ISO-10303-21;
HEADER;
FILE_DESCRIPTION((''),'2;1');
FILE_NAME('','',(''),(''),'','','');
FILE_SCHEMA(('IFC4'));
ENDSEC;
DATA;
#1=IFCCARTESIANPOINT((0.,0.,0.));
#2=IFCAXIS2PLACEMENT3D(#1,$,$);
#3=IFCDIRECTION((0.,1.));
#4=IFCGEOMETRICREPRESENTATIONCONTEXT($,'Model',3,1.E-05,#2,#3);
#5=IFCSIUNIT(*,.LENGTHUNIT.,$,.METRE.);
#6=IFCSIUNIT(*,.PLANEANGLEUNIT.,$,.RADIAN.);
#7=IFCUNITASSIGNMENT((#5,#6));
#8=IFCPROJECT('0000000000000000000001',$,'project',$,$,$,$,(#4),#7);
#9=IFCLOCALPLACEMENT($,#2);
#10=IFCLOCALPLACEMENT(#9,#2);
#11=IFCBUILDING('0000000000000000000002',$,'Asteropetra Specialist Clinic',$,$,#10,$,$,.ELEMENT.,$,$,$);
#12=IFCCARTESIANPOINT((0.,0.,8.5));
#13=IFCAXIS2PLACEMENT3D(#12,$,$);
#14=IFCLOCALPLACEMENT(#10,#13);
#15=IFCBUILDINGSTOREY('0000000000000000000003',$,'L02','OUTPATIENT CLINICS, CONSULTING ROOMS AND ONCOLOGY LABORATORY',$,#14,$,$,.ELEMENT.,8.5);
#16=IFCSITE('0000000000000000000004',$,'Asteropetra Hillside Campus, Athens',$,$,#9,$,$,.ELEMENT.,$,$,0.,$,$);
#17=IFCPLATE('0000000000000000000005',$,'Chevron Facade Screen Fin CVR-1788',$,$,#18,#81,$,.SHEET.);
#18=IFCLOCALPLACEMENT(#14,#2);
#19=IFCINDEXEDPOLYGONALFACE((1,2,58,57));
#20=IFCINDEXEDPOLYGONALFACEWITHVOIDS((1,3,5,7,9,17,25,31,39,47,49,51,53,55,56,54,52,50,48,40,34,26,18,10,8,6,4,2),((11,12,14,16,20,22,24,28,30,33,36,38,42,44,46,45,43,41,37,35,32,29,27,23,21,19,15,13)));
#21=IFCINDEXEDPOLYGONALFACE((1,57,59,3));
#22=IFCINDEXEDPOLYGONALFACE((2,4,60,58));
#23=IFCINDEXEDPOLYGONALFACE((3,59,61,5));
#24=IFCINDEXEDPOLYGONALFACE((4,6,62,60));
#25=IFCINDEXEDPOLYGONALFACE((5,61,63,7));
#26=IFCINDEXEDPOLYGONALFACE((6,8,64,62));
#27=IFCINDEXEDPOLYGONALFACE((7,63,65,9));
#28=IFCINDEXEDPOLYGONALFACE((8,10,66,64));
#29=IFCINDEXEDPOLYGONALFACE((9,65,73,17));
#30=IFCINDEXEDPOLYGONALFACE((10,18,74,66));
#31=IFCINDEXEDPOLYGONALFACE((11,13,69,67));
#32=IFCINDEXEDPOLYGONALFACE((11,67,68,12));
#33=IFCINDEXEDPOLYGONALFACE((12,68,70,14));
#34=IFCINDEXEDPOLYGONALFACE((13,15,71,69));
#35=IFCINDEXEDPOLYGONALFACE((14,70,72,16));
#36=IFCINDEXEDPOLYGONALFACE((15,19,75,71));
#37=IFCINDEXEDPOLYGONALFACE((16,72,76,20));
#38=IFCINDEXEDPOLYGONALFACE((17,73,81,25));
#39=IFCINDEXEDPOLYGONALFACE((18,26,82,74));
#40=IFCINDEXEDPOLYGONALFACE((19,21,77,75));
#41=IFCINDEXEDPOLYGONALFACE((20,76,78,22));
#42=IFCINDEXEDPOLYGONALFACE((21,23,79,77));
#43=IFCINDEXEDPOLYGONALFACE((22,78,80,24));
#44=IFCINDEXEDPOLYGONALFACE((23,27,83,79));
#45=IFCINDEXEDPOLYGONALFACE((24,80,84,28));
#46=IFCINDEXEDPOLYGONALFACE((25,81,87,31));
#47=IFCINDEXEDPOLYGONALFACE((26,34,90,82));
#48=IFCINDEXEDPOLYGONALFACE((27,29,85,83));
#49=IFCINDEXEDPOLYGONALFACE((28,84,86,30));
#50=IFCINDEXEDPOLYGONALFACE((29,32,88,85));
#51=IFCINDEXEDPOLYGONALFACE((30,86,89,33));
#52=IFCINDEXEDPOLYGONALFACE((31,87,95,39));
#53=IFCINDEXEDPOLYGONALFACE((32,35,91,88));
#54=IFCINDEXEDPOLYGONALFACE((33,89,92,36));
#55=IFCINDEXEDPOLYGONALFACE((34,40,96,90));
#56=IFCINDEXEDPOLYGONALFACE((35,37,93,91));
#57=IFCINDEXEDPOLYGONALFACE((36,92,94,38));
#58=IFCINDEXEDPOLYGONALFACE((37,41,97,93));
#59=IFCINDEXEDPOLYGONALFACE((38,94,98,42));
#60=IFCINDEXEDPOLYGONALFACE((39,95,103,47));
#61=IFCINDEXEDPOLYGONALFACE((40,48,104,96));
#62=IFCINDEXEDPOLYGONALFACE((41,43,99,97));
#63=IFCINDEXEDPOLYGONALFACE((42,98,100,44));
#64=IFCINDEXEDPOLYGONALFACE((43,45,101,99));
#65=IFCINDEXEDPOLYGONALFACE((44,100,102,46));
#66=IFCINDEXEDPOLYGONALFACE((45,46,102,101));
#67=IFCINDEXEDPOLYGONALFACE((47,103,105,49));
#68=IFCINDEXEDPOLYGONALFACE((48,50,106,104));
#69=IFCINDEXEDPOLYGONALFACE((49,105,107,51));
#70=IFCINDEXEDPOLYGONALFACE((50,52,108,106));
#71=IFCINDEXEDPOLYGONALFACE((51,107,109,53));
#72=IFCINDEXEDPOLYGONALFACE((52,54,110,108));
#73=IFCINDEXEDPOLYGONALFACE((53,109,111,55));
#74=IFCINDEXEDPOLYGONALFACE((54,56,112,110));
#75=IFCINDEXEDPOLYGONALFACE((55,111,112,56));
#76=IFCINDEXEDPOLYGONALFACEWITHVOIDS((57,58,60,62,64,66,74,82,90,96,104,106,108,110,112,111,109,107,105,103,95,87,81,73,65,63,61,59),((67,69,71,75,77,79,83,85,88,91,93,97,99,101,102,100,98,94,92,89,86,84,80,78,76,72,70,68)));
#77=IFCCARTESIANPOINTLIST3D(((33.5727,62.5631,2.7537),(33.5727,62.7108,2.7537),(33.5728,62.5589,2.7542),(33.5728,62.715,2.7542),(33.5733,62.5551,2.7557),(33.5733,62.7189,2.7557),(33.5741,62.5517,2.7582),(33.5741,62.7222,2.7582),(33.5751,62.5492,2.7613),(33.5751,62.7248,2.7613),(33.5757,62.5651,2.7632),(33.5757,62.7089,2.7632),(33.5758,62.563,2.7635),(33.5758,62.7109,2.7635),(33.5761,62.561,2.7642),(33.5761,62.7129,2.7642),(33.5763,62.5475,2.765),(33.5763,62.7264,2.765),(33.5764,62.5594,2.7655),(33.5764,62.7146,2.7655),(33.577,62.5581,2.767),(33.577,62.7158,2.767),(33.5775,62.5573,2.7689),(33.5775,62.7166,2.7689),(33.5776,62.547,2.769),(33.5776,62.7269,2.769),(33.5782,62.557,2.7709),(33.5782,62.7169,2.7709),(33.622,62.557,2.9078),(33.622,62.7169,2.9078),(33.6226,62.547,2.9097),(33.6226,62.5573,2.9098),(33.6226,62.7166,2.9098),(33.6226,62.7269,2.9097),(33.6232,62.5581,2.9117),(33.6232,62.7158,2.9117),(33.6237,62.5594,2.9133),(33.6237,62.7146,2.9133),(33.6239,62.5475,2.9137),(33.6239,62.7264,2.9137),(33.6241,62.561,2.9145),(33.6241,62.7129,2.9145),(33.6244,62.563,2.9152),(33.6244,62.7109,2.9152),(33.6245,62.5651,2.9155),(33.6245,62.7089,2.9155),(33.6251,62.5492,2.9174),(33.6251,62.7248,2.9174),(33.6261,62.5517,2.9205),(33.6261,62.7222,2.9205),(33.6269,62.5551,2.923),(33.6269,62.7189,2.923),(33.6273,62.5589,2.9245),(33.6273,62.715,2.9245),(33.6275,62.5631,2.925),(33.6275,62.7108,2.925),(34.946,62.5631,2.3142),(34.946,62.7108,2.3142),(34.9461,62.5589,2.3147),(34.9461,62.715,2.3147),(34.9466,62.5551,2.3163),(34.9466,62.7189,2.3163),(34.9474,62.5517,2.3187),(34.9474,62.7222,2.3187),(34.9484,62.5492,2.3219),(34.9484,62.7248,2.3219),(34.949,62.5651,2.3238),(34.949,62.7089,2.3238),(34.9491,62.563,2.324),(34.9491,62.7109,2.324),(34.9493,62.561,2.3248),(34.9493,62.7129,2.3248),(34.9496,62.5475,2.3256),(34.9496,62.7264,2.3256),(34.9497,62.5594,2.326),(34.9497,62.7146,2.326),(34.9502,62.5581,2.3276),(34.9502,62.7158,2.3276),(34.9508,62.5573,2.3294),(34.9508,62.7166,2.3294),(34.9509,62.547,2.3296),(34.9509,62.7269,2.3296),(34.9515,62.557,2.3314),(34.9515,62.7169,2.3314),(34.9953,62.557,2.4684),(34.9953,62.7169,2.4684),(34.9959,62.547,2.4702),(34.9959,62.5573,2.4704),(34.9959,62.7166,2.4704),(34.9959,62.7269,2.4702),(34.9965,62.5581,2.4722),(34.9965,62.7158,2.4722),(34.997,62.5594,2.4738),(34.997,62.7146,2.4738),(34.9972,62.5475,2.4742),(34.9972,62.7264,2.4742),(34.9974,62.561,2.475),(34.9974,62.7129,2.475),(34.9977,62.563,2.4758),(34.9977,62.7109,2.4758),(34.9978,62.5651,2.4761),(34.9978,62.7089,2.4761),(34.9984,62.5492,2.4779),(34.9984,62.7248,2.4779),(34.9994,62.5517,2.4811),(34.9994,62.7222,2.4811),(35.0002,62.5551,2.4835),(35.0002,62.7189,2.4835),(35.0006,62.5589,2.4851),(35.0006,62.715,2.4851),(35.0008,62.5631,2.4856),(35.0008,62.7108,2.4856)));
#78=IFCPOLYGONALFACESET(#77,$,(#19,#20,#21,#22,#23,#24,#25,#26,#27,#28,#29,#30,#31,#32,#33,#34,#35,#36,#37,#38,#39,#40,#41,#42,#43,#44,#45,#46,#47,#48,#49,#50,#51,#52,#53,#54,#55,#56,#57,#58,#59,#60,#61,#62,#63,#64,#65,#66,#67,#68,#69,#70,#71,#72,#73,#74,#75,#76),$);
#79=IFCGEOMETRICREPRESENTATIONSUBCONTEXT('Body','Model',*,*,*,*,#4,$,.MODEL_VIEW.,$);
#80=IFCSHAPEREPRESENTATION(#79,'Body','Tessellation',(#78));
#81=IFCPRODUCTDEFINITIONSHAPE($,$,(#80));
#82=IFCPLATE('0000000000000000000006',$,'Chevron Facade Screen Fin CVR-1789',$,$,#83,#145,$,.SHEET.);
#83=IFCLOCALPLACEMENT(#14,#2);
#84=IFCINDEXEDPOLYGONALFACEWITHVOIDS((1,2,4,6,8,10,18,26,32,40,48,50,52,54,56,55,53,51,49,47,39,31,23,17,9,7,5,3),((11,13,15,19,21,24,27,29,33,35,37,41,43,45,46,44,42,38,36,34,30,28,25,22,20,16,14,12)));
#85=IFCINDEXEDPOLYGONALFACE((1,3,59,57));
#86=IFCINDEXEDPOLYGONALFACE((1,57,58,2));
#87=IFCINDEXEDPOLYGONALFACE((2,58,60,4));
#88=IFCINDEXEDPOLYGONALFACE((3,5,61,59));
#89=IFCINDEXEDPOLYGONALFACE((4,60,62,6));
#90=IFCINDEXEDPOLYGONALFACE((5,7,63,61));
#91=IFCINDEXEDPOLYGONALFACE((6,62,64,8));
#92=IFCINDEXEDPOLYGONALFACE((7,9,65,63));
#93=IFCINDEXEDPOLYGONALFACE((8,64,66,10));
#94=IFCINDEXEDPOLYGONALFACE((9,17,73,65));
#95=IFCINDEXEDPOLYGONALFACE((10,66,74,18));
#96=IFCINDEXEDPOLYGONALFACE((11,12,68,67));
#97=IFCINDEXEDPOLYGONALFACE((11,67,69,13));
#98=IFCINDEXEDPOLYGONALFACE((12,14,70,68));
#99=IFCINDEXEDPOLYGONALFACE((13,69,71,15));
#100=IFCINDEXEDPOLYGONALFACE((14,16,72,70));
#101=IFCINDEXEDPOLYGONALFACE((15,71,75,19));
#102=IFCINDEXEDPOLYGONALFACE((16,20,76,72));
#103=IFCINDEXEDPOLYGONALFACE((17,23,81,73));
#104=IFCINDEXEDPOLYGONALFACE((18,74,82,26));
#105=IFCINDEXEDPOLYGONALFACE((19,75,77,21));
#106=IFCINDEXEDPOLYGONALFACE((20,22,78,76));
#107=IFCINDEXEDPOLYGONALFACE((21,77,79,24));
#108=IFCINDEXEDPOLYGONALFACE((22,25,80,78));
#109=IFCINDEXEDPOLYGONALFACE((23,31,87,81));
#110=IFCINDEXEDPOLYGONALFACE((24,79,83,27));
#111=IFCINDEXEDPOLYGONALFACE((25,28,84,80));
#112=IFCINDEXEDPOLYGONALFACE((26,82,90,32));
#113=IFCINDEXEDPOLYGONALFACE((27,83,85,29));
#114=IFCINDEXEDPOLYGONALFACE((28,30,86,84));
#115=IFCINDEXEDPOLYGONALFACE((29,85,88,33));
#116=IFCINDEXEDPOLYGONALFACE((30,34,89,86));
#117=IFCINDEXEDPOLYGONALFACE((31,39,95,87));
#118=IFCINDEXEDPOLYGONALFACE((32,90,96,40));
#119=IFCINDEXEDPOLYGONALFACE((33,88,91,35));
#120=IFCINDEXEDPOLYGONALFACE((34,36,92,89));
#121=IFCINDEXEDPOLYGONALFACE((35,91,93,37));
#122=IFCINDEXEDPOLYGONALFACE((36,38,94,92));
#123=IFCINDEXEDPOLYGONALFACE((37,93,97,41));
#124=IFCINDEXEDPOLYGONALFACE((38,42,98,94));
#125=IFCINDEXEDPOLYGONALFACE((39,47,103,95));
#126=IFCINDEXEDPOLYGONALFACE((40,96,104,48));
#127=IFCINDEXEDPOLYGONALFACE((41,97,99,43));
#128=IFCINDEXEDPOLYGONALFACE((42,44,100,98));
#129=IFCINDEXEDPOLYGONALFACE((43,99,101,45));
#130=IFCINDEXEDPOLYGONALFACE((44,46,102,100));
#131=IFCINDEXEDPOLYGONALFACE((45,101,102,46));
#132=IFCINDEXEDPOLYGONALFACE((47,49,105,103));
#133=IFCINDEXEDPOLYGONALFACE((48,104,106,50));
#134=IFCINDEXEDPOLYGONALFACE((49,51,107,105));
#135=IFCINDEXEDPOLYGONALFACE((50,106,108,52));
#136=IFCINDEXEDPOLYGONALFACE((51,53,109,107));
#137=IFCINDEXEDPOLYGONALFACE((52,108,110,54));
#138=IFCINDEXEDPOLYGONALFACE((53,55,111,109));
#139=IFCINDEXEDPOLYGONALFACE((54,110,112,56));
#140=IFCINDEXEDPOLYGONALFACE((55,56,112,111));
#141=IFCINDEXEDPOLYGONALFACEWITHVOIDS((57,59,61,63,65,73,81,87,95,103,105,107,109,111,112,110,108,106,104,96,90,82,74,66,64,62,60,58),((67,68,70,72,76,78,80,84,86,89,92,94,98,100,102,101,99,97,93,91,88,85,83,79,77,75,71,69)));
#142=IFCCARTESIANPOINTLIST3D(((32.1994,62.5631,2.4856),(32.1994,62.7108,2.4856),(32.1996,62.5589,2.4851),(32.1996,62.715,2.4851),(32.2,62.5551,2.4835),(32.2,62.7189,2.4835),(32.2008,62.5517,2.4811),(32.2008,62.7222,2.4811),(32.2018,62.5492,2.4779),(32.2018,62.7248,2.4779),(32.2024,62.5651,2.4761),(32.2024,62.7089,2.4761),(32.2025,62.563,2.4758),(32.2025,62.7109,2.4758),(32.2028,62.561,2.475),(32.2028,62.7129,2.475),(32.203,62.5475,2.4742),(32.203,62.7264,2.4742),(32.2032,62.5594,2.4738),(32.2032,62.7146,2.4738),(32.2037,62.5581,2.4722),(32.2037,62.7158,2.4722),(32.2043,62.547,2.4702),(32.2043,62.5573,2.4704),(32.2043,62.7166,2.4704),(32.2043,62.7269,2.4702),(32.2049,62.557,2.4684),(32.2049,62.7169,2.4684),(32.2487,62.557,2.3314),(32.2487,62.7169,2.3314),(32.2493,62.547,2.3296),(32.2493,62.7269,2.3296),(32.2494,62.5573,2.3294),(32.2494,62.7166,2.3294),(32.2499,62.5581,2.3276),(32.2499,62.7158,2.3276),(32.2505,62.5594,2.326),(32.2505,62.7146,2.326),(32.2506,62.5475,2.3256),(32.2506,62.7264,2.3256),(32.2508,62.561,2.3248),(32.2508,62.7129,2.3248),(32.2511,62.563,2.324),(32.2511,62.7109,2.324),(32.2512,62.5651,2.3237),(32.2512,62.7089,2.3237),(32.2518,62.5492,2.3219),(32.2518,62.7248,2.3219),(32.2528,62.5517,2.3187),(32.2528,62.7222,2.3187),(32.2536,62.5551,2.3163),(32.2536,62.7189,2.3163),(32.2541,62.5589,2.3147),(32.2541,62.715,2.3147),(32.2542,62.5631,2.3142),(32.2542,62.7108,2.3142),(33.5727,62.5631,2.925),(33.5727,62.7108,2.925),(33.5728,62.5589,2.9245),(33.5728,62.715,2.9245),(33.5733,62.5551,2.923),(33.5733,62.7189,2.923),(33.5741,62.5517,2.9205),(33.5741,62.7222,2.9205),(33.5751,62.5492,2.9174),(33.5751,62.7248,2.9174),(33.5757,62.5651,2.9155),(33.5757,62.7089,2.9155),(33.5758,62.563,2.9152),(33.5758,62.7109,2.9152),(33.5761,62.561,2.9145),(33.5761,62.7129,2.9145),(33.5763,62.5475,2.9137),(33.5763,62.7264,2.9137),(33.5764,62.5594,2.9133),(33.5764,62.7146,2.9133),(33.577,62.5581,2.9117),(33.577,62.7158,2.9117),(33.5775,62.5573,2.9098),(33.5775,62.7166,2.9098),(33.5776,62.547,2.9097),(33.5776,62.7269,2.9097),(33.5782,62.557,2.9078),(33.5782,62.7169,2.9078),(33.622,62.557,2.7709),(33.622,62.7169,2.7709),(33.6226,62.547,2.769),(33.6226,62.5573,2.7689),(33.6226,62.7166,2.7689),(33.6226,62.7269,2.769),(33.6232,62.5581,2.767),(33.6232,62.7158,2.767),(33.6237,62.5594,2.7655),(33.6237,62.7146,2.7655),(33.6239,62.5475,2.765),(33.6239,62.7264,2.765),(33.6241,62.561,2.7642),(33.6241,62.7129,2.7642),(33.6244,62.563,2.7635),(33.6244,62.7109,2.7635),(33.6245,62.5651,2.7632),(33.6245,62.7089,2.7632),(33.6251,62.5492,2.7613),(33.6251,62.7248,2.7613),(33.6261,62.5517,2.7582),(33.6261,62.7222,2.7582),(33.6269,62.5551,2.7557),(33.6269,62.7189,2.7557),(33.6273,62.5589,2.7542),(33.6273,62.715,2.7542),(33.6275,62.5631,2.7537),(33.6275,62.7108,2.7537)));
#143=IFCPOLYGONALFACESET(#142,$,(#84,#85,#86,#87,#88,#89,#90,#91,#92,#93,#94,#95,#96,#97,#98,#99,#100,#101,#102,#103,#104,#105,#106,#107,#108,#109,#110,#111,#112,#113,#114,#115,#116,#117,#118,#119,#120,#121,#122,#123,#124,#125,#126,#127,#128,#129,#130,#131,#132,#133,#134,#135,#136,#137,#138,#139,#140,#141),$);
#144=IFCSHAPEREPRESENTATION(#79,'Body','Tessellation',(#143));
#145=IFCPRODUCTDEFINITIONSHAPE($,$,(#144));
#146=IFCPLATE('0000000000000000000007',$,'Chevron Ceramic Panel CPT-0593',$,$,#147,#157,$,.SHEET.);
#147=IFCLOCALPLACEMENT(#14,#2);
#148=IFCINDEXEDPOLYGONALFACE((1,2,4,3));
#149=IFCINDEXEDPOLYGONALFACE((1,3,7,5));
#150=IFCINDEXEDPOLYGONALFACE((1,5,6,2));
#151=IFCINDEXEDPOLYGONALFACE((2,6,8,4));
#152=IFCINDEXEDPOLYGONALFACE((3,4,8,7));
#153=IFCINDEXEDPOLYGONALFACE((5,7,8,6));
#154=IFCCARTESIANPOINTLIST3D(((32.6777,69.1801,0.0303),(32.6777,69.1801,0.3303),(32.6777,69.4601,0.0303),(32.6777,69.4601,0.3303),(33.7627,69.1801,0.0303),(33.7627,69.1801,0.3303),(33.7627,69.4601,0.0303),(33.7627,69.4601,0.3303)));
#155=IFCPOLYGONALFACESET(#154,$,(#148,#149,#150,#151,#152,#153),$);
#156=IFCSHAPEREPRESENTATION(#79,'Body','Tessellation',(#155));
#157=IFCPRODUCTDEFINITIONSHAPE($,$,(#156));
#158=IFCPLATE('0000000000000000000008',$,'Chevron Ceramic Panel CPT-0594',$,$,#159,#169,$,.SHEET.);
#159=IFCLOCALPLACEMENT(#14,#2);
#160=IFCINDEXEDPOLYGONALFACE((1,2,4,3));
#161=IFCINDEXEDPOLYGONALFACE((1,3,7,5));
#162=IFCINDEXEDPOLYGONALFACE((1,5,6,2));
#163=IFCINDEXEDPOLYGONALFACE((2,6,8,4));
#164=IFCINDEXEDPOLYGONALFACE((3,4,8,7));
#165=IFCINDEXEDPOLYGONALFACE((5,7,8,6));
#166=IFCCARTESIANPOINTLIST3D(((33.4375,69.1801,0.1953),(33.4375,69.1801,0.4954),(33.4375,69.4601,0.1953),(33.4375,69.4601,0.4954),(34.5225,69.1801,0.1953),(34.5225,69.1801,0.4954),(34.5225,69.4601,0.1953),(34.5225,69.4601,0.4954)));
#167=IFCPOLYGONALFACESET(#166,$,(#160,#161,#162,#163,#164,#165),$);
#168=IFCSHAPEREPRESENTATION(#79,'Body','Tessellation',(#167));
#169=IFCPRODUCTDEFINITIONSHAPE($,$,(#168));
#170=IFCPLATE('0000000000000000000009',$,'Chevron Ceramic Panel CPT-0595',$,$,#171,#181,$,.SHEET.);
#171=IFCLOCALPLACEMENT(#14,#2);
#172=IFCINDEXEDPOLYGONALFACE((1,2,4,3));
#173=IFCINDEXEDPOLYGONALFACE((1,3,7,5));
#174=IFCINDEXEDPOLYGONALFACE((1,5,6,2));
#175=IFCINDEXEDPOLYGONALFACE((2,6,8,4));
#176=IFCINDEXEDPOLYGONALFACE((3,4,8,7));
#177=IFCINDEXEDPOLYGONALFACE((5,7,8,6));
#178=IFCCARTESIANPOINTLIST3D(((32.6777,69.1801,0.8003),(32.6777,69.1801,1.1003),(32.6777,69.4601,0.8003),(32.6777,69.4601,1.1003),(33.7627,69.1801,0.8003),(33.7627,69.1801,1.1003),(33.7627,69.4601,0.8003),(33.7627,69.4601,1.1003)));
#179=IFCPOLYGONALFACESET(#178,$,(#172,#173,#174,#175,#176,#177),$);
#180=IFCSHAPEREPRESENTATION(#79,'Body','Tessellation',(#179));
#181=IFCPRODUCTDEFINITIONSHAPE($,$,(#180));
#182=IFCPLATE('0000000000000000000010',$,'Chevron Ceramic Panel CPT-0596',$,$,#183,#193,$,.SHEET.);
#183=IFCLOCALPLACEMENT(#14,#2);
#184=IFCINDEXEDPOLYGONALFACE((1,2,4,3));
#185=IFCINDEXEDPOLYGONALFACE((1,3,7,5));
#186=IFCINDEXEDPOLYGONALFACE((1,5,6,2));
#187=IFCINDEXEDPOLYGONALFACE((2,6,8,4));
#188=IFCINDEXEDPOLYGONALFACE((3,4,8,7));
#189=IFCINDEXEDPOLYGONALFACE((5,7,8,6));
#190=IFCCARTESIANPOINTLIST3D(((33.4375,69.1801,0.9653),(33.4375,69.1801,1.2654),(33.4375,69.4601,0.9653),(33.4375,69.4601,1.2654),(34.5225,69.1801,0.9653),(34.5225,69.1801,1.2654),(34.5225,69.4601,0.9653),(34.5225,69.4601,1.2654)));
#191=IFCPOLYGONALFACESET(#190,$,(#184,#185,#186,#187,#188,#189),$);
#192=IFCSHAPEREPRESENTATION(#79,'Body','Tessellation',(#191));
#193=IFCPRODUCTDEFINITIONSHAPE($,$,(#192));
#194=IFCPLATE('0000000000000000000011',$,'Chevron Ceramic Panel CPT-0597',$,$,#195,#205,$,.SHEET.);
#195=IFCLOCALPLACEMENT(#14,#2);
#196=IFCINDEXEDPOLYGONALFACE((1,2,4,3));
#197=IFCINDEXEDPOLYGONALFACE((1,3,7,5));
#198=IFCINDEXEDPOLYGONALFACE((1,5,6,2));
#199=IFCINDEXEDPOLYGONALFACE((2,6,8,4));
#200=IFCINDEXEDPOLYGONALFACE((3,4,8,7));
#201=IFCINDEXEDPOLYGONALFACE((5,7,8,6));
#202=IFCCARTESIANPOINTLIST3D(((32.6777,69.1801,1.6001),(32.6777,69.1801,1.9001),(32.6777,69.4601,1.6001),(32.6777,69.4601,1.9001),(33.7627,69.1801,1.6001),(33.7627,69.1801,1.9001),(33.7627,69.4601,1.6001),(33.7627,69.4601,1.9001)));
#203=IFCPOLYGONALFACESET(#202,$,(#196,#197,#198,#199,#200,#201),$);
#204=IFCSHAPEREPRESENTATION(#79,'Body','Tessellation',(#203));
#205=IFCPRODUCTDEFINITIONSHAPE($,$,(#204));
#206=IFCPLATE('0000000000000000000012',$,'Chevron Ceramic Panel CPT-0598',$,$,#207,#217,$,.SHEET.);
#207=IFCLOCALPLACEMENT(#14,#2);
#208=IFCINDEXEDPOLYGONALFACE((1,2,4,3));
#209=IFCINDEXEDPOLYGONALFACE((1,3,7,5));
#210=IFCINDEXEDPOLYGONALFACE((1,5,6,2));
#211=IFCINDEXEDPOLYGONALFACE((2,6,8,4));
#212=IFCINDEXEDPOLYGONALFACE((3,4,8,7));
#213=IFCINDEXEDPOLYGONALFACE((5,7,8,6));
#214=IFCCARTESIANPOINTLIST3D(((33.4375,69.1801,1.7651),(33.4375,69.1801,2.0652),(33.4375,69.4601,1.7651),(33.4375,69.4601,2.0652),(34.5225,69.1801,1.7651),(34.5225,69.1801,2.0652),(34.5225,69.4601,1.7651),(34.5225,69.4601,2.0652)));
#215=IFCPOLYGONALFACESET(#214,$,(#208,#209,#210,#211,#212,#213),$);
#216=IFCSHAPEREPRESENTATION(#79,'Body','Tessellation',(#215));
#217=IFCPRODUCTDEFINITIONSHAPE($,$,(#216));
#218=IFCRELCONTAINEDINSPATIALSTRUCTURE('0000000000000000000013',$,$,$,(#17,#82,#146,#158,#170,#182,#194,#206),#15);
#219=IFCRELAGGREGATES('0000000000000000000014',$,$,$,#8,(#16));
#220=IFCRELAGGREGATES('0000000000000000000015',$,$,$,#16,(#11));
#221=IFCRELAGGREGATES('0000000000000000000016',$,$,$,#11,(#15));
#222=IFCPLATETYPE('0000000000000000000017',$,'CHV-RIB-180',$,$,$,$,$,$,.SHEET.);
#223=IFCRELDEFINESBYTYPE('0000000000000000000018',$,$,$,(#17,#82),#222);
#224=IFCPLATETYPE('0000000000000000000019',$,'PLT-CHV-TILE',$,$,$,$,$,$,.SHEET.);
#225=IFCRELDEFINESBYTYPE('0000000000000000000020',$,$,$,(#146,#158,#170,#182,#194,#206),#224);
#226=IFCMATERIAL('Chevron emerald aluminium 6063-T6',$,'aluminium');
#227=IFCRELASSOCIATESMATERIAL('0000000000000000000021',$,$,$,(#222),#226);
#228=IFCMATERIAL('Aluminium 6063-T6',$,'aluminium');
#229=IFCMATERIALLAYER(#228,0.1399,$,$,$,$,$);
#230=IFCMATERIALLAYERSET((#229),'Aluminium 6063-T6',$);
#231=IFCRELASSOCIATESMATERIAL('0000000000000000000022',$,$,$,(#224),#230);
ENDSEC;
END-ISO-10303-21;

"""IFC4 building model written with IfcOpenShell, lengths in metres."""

from ifc_helpers import new_model, si_unit, direction, frame, origin, origin_2d, place, context, subcontext, project, spatial, rectangle, hollow_rectangle, extrude, material, layer, layer_set, material_profile, profile_set, type_object, element, save


model = new_model("IFC4")

# Units and contexts
model_context = context("Model", 3, precision=1e-05, world=origin(), true_north=direction((0.0, 1.0)))
body_context = subcontext(model_context, "Body", "Model", "MODEL_VIEW")
ifc_project = project(units=[si_unit("LENGTHUNIT", "METRE"), si_unit("PLANEANGLEUNIT", "RADIAN")], contexts=[model_context])

# Site, building, storey
site_placement = place(None, origin())
site = spatial("IfcSite", under=ifc_project, at=site_placement, Name="Asteropetra Hillside Campus, Athens", CompositionType="ELEMENT", RefElevation=0.0)
building_placement = place(site_placement, origin())
building = spatial("IfcBuilding", under=site, at=building_placement, Name="Asteropetra Specialist Clinic", CompositionType="ELEMENT")
storey_placement = place(building_placement, frame((0.0, 0.0, 8.5)))
storey = spatial("IfcBuildingStorey", under=building, at=storey_placement, Name="L02", Description="OUTPATIENT CLINICS, CONSULTING ROOMS AND ONCOLOGY LABORATORY", CompositionType="ELEMENT", Elevation=8.5)

# Plates
ifc_material_1 = material(Name="Chevron emerald aluminium 6063-T6", Category="aluminium")
ifc_material_profile = material_profile(ifc_material_1, hollow_rectangle(XDim=0.1799, YDim=0.1799, WallThickness=0.01, InnerFilletRadius=0.0081, OuterFilletRadius=0.0161, at=origin_2d()), Name="SHS 180x180x10.0")
ifc_profile_set = profile_set([ifc_material_profile], Name="Chevron emerald aluminium 6063-T6")
plate_type_1 = type_object("IfcPlateType", Name="CHV-RIB-180", PredefinedType="SHEET", material=ifc_profile_set)
for number, where, z_axis, x_axis, name in (
    (1, (34.9734, 62.637, 2.3999), (-0.952424, 0.0, 0.304776), (0.0, -1.0, 0.0), "Chevron Facade Screen Fin CVR-1788"),
    (2, (33.6001, 62.637, 2.8394), (-0.952424, 0.0, -0.304776), (0.0, -1.0, 0.0), "Chevron Facade Screen Fin CVR-1789"),
):
    element("IfcPlate", number, at=place(storey_placement, frame(where, z_axis=z_axis, x_axis=x_axis)), inside=storey, type_object=plate_type_1, Name=name, PredefinedType="SHEET", context=body_context, shape_type="SweptSolid", body=[
        extrude(hollow_rectangle(XDim=0.1799, YDim=0.1799, WallThickness=0.01, InnerFilletRadius=0.0081, OuterFilletRadius=0.0161, at=origin_2d()), origin(), (0.0, 0.0, 1.0), 1.4419),
    ])
ifc_material_2 = material(Name="Aluminium 6063-T6", Category="aluminium")
ifc_layer_1 = layer(ifc_material_2, 0.1399)
ifc_layer_set_1 = layer_set([ifc_layer_1], Name="Aluminium 6063-T6")
plate_type_2 = type_object("IfcPlateType", Name="PLT-CHV-TILE", PredefinedType="SHEET", material=ifc_layer_set_1)
for number, where, z_axis, x_axis, name in (
    (3, (33.2202, 69.3201, 0.0303), (0.0, 0.0, 1.0), (1.0, 0.0, 0.0), "Chevron Ceramic Panel CPT-0593"),
    (4, (33.98, 69.3201, 0.1953), (0.0, 0.0, 1.0), (1.0, 0.0, 0.0), "Chevron Ceramic Panel CPT-0594"),
    (5, (33.2202, 69.3201, 0.8003), (0.0, 0.0, 1.0), (1.0, 0.0, 0.0), "Chevron Ceramic Panel CPT-0595"),
    (6, (33.98, 69.3201, 0.9653), (0.0, 0.0, 1.0), (1.0, 0.0, 0.0), "Chevron Ceramic Panel CPT-0596"),
    (7, (33.2202, 69.3201, 1.6001), (0.0, 0.0, 1.0), (1.0, 0.0, 0.0), "Chevron Ceramic Panel CPT-0597"),
    (8, (33.98, 69.3201, 1.7651), (0.0, 0.0, 1.0), (1.0, 0.0, 0.0), "Chevron Ceramic Panel CPT-0598"),
):
    element("IfcPlate", number, at=place(storey_placement, frame(where, z_axis=z_axis, x_axis=x_axis)), inside=storey, type_object=plate_type_2, Name=name, PredefinedType="SHEET", context=body_context, shape_type="SweptSolid", body=[
        extrude(rectangle(XDim=1.085, YDim=0.28, at=origin_2d()), origin(), (0.0, 0.0, 1.0), 0.3),
    ])

save(model, "model.ifc")
